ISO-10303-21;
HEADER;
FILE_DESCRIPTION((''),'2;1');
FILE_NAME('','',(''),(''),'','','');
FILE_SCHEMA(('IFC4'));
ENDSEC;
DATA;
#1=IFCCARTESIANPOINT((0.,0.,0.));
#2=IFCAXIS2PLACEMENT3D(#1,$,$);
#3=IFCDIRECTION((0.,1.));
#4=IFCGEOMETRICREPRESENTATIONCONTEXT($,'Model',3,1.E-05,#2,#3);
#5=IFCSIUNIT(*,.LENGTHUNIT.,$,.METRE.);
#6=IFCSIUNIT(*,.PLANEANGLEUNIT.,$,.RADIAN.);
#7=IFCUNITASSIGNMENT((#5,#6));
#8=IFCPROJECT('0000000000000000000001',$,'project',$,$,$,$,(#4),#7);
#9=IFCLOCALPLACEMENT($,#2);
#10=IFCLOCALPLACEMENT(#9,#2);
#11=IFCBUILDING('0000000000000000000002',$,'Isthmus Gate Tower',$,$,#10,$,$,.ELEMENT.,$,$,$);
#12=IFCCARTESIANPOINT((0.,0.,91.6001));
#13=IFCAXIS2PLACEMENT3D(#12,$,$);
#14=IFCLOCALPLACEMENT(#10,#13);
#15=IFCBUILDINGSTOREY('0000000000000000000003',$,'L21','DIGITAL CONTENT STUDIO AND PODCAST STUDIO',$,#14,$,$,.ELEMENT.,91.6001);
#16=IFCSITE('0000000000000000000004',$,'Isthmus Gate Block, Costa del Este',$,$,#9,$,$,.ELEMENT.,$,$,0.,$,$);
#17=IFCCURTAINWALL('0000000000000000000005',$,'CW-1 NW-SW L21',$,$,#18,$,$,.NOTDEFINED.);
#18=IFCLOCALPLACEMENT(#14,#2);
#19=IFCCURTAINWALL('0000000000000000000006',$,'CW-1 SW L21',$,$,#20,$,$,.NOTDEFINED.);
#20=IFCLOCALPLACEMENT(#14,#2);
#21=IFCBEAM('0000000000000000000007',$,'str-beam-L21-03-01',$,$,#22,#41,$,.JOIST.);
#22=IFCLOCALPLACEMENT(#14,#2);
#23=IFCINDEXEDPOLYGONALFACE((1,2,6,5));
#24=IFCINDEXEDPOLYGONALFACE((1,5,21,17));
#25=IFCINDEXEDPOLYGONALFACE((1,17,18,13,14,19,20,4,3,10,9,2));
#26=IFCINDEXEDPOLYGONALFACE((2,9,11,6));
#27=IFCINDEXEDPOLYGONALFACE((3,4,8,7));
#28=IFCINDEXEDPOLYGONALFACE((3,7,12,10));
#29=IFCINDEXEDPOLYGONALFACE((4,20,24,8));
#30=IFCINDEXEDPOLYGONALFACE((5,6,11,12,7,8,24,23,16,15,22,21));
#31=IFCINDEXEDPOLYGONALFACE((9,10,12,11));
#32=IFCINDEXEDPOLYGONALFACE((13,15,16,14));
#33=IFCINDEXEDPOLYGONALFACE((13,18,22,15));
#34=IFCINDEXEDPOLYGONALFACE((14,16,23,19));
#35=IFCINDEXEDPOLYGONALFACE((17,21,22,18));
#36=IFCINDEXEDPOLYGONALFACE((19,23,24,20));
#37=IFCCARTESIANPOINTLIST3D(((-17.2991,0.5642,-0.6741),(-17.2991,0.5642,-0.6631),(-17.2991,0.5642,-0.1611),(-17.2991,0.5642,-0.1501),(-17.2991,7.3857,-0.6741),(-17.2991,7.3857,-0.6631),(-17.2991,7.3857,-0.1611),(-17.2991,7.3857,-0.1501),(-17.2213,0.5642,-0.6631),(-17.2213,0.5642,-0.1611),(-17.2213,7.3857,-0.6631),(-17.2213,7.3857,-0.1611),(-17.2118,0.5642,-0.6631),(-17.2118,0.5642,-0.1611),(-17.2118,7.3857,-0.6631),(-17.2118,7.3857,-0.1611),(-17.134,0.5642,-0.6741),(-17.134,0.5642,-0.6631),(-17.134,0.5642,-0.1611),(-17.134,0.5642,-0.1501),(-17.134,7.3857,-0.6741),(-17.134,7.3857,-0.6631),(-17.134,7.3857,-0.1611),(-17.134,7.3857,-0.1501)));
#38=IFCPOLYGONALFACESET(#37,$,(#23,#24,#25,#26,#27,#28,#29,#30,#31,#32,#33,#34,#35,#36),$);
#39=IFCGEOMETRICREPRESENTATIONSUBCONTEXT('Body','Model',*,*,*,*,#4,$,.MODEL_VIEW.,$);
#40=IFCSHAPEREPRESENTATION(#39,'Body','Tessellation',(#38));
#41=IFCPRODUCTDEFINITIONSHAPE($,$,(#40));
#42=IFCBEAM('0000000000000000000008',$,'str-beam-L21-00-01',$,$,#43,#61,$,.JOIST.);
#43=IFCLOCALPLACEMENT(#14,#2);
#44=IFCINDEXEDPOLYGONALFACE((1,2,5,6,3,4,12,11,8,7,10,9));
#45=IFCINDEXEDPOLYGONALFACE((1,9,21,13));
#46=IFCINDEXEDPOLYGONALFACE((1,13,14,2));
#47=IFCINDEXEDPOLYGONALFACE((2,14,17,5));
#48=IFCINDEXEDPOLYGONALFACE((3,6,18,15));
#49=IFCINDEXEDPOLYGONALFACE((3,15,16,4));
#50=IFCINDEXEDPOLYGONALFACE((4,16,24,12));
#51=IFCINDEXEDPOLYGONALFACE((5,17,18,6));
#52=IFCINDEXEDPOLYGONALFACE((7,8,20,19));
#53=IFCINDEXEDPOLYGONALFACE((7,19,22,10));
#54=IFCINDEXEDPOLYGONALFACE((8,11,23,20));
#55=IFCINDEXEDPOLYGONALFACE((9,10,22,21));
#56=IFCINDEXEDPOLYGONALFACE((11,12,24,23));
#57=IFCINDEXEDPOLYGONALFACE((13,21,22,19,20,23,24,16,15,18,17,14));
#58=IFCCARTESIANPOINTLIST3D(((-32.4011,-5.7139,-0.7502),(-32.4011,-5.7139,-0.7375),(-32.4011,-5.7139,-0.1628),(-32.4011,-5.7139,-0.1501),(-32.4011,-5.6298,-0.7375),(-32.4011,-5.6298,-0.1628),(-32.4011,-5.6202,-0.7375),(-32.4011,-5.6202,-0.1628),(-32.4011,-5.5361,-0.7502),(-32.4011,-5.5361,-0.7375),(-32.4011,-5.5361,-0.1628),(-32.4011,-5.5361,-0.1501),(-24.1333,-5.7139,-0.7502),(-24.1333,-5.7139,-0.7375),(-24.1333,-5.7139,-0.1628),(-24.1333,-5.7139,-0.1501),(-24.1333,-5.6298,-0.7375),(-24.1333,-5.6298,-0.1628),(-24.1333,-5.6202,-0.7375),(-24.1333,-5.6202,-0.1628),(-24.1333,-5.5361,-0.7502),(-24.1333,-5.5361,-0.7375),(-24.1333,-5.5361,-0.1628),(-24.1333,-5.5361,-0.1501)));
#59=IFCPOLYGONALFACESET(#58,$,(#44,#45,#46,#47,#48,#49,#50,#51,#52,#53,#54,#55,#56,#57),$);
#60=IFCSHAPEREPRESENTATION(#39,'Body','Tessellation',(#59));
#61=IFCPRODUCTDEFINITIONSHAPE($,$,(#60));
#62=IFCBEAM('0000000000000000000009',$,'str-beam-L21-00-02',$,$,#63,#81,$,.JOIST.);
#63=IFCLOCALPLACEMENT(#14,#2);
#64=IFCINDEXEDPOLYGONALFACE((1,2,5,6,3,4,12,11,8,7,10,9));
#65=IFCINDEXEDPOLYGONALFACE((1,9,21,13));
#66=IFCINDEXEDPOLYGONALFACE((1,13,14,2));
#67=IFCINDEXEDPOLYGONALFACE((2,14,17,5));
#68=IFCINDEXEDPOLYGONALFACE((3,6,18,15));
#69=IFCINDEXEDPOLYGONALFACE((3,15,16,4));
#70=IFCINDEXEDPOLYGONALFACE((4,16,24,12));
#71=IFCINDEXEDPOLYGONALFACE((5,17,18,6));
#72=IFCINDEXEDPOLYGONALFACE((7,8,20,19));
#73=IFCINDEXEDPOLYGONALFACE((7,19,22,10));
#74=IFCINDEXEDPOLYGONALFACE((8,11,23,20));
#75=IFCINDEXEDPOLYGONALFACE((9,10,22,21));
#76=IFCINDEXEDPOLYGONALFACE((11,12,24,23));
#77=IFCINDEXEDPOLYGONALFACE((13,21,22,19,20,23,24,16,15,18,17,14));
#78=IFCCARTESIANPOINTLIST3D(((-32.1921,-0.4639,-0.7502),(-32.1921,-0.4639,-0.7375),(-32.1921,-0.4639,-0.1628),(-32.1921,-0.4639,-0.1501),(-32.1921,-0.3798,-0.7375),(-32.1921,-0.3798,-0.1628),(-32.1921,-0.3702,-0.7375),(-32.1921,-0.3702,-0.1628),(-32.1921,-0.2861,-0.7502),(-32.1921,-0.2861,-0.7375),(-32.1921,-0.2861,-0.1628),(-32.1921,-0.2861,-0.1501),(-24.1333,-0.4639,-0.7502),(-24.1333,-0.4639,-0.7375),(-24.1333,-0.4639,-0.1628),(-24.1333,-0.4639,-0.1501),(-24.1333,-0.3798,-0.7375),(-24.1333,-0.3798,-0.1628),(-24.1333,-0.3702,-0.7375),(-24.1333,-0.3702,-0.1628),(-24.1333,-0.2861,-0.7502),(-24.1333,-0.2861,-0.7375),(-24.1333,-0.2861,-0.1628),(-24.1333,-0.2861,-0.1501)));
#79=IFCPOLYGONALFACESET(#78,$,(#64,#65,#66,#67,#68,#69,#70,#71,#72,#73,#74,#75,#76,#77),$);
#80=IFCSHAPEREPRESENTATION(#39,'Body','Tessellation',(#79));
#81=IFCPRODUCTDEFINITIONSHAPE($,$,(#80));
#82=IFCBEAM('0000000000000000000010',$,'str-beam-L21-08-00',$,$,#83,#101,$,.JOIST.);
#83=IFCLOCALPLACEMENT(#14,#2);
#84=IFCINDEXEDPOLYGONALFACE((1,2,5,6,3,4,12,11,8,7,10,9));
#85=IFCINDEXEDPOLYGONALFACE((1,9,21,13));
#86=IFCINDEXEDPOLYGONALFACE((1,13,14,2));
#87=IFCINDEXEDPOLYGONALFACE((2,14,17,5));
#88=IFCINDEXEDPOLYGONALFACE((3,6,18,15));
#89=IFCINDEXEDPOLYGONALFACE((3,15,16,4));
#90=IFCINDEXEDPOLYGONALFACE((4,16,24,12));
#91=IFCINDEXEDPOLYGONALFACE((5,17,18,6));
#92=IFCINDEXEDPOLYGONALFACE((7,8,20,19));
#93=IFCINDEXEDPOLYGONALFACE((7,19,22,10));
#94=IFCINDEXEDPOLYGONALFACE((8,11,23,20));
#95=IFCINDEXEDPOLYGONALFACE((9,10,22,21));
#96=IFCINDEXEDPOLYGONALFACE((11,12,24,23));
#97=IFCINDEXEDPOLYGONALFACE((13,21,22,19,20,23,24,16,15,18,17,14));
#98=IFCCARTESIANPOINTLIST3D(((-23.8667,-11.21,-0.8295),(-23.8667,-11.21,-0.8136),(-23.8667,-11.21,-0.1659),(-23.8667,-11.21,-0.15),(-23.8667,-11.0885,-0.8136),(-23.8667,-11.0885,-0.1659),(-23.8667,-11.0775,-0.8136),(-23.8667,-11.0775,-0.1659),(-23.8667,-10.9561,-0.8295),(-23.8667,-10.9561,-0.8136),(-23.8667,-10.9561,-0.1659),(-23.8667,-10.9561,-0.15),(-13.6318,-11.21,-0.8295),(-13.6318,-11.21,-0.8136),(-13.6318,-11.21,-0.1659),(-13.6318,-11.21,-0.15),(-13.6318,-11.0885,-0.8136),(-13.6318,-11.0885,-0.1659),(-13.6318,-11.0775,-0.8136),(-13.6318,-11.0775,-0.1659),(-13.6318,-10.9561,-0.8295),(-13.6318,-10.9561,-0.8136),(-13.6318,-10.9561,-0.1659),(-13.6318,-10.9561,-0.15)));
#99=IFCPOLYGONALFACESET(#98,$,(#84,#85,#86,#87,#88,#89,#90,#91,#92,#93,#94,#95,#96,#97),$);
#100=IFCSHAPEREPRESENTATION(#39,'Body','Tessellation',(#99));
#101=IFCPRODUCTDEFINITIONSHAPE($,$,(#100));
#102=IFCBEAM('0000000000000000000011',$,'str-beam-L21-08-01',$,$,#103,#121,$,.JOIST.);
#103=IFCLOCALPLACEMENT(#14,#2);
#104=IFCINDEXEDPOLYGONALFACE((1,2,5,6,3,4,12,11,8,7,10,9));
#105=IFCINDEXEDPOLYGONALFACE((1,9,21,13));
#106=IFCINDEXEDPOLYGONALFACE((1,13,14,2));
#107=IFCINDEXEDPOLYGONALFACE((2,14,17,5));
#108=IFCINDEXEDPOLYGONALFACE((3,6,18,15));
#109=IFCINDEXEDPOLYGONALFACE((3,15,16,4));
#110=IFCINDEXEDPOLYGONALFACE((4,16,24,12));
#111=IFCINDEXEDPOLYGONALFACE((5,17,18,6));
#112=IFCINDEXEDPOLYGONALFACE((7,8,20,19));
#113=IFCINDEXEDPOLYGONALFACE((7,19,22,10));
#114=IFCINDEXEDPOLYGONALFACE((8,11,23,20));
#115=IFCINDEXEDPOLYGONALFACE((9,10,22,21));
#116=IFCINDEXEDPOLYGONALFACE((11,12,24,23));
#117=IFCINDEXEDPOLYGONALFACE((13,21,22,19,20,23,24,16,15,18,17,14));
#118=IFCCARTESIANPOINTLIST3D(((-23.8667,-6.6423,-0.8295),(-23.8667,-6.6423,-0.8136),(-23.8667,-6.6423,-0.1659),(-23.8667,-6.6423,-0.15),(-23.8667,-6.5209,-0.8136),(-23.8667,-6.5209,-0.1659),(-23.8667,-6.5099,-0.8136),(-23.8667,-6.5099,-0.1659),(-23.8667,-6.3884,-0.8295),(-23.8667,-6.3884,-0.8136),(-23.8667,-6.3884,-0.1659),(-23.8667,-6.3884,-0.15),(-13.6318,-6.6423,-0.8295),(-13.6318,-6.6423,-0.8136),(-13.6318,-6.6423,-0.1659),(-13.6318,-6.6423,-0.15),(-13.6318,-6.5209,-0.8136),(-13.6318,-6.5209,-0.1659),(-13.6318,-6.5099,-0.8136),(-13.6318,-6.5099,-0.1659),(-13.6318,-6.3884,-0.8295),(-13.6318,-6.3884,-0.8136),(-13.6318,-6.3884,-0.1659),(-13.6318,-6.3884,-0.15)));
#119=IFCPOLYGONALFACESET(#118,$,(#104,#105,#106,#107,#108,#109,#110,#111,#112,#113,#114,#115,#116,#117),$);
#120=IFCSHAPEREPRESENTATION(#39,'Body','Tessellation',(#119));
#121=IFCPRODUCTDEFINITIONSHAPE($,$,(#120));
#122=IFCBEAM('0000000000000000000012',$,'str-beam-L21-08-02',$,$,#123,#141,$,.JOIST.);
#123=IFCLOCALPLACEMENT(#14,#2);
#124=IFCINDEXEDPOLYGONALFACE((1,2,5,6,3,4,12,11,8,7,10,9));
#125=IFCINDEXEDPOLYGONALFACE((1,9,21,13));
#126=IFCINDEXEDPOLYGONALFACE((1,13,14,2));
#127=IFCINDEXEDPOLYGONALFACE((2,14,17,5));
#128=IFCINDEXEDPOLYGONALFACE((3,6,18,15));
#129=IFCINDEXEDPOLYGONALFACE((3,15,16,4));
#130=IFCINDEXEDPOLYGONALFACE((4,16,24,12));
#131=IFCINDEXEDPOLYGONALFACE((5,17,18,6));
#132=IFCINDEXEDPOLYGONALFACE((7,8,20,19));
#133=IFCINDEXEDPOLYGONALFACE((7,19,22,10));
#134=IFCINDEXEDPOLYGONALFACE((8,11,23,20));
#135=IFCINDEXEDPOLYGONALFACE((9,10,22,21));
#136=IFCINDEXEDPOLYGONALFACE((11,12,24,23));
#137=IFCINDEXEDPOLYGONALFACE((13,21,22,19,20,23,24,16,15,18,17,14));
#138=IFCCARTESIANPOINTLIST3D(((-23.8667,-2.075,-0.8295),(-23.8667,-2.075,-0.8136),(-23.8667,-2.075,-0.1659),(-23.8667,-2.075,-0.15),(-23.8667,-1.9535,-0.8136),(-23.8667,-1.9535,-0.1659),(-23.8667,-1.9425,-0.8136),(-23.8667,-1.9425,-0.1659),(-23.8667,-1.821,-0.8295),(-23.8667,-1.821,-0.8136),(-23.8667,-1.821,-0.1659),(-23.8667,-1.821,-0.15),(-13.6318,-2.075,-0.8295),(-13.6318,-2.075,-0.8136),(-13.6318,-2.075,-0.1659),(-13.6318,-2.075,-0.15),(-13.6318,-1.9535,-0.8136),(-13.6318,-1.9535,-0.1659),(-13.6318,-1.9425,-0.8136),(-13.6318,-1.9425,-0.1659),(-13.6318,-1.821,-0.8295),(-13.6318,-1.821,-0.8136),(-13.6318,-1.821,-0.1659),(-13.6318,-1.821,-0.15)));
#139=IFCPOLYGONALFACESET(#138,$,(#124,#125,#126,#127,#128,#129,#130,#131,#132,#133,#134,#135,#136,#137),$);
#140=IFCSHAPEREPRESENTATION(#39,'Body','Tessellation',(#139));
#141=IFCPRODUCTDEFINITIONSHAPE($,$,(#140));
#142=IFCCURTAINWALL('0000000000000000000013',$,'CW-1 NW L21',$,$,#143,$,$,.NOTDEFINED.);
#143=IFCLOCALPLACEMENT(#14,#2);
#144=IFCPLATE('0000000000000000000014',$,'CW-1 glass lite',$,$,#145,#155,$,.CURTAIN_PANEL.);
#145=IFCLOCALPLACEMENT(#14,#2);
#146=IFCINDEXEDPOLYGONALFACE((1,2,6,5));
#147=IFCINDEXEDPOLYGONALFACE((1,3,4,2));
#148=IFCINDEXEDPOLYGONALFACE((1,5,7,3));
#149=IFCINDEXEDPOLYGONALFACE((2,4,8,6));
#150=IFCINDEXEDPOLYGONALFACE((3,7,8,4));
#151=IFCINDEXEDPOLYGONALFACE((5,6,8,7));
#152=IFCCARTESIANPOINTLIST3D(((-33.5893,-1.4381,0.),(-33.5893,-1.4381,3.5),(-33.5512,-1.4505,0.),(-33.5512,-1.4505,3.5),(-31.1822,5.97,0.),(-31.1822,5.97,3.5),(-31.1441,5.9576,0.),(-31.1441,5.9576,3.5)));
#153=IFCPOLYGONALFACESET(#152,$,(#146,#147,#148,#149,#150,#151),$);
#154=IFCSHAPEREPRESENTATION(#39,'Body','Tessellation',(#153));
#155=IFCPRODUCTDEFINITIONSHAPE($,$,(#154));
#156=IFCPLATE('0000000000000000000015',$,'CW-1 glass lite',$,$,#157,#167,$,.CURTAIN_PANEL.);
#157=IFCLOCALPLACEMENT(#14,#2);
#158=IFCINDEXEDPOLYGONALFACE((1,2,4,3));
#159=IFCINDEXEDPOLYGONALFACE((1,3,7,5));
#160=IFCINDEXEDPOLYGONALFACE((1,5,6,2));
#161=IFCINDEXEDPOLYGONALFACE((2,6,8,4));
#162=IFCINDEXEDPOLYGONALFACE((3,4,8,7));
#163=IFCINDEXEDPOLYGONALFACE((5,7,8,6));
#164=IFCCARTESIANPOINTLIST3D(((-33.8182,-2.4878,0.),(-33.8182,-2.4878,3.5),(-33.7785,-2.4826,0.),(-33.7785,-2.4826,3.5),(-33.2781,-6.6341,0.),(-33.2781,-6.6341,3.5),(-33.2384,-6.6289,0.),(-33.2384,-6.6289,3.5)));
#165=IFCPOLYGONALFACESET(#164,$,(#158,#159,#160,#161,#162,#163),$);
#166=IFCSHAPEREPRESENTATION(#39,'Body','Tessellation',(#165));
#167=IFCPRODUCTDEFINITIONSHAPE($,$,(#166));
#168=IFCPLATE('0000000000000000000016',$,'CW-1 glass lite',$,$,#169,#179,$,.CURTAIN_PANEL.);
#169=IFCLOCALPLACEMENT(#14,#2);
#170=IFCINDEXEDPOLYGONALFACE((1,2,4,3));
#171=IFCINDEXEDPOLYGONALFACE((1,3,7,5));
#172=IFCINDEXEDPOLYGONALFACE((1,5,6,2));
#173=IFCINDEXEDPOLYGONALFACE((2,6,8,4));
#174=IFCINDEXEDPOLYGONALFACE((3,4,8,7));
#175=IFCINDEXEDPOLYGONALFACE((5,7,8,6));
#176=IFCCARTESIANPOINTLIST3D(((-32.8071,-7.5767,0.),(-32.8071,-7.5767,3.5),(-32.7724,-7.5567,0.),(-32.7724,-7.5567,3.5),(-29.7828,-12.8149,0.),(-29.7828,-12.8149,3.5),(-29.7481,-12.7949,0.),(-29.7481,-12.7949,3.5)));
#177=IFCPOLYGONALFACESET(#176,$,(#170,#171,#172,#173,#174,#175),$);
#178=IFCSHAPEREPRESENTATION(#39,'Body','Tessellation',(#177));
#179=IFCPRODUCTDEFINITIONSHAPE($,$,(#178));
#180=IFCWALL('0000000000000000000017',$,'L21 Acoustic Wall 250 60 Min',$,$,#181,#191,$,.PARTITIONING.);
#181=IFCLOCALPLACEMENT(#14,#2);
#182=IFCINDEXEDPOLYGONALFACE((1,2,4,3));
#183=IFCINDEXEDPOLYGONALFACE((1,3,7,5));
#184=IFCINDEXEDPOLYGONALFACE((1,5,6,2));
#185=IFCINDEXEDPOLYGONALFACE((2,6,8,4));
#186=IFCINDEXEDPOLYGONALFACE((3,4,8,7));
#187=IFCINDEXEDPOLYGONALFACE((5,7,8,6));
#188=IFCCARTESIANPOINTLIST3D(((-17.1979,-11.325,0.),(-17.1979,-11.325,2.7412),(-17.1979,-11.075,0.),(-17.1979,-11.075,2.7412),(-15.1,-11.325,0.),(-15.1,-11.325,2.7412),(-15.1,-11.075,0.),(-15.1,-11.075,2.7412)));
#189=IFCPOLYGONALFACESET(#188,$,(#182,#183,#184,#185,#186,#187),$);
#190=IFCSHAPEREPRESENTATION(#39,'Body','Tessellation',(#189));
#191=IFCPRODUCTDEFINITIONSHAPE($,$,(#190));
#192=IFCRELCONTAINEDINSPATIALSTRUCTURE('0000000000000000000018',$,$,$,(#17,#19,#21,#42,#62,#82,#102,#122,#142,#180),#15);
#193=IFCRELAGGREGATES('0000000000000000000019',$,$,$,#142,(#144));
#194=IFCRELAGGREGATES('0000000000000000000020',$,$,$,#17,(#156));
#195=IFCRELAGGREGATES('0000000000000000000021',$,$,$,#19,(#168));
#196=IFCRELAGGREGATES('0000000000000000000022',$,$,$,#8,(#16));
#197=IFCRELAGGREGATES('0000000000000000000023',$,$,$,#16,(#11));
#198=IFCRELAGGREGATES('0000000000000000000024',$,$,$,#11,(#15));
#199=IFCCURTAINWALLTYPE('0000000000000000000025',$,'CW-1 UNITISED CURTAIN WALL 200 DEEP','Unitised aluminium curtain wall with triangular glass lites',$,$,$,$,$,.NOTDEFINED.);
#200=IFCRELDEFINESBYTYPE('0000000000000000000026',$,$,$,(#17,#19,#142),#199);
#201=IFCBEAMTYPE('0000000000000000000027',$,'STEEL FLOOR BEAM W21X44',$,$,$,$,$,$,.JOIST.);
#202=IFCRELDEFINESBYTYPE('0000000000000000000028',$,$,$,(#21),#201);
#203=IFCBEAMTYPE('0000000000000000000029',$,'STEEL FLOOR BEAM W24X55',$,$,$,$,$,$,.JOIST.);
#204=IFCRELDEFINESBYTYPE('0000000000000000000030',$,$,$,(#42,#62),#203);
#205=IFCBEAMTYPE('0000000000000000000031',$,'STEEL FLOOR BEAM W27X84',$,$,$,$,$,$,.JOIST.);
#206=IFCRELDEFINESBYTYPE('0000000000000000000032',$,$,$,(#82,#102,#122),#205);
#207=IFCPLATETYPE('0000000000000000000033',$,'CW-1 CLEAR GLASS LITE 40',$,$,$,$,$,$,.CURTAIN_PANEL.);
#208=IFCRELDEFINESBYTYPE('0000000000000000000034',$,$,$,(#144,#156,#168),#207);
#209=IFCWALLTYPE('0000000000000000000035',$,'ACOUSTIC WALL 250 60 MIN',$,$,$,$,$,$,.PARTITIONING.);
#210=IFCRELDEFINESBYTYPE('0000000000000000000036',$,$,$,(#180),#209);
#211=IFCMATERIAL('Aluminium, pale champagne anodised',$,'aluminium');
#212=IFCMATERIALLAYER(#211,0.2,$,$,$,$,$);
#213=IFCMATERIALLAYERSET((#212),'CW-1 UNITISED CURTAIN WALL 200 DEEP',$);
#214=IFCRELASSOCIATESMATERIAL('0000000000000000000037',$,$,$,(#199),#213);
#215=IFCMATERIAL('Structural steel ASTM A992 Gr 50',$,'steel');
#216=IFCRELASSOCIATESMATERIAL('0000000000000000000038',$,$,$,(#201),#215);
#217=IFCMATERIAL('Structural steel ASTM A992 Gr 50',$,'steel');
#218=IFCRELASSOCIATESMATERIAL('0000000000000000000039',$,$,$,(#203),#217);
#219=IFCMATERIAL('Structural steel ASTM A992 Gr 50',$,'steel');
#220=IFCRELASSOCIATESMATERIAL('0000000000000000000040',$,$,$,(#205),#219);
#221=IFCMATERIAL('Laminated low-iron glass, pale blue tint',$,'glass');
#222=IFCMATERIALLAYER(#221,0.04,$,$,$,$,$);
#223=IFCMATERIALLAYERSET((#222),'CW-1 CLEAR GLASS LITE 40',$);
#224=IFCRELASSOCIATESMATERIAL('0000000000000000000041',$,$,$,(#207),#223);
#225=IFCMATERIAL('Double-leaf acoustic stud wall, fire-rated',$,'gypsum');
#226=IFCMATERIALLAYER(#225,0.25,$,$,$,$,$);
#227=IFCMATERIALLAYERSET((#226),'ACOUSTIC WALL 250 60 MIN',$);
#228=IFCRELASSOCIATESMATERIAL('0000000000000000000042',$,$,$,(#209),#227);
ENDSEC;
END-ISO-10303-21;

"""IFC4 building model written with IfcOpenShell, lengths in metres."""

from ifc_helpers import new_model, si_unit, direction, frame, frame_2d, origin, origin_2d, place, context, subcontext, project, spatial, rectangle, i_section, extrude, material, layer, layer_set, material_profile, profile_set, type_object, element, aggregate, save


model = new_model("IFC4")

# Units and contexts
model_context = context("Model", 3, precision=1e-05, world=origin(), true_north=direction((0.0, 1.0)))
body_context = subcontext(model_context, "Body", "Model", "MODEL_VIEW")
ifc_project = project(units=[si_unit("LENGTHUNIT", "METRE"), si_unit("PLANEANGLEUNIT", "RADIAN")], contexts=[model_context])

# Site, building, storey
site_placement = place(None, origin())
site = spatial("IfcSite", under=ifc_project, at=site_placement, Name="Isthmus Gate Block, Costa del Este", CompositionType="ELEMENT", RefElevation=0.0)
building_placement = place(site_placement, origin())
building = spatial("IfcBuilding", under=site, at=building_placement, Name="Isthmus Gate Tower", CompositionType="ELEMENT")
storey_placement = place(building_placement, frame((0.0, 0.0, 91.6001)))
storey = spatial("IfcBuildingStorey", under=building, at=storey_placement, Name="L21", Description="DIGITAL CONTENT STUDIO AND PODCAST STUDIO", CompositionType="ELEMENT", Elevation=91.6001)

# Curtain walls
ifc_material_1 = material(Name="Aluminium, pale champagne anodised", Category="aluminium")
ifc_layer_1 = layer(ifc_material_1, 0.2)
ifc_layer_set_1 = layer_set([ifc_layer_1], Name="CW-1 UNITISED CURTAIN WALL 200 DEEP")
curtain_wall_type = type_object("IfcCurtainWallType", Name="CW-1 UNITISED CURTAIN WALL 200 DEEP", Description="Unitised aluminium curtain wall with triangular glass lites", PredefinedType="NOTDEFINED", material=ifc_layer_set_1)
curtain_wall_1_placement = place(storey_placement, origin())
curtain_wall_1 = element("IfcCurtainWall", 1, at=curtain_wall_1_placement, inside=storey, type_object=curtain_wall_type, Name="CW-1 NW-SW L21", PredefinedType="NOTDEFINED")
curtain_wall_2_placement = place(storey_placement, origin())
curtain_wall_2 = element("IfcCurtainWall", 2, at=curtain_wall_2_placement, inside=storey, type_object=curtain_wall_type, Name="CW-1 SW L21", PredefinedType="NOTDEFINED")

# Beams
ifc_material_2 = material(Name="Structural steel ASTM A992 Gr 50", Category="steel")
ifc_material_profile_1 = material_profile(ifc_material_2, i_section(OverallWidth=0.165, OverallDepth=0.5239, WebThickness=0.0095, FlangeThickness=0.011, at=origin_2d()), Name="W21X44")
ifc_profile_set_1 = profile_set([ifc_material_profile_1], Name="Structural steel ASTM A992 Gr 50")
beam_type_1 = type_object("IfcBeamType", Name="STEEL FLOOR BEAM W21X44", PredefinedType="JOIST", material=ifc_profile_set_1)
for number, where, z_axis, x_axis, name in (
    (3, (-17.2166, 0.5642, -0.4121), (0.0, 1.0, 0.0), (-1.0, 0.0, 0.0), "str-beam-L21-03-01"),
):
    element("IfcBeam", number, at=place(storey_placement, frame(where, z_axis=z_axis, x_axis=x_axis)), inside=storey, type_object=beam_type_1, Name=name, PredefinedType="JOIST", context=body_context, shape_type="SweptSolid", body=[
        extrude(i_section(OverallWidth=0.165, OverallDepth=0.5239, WebThickness=0.0095, FlangeThickness=0.011, at=origin_2d()), origin(), (0.0, 0.0, 1.0), 6.8215),
    ])
ifc_material_3 = material(Name="Structural steel ASTM A992 Gr 50", Category="steel")
ifc_material_profile_2 = material_profile(ifc_material_3, i_section(OverallWidth=0.1777, OverallDepth=0.6001, WebThickness=0.0095, FlangeThickness=0.0127, at=origin_2d()), Name="W24X55")
ifc_profile_set_2 = profile_set([ifc_material_profile_2], Name="Structural steel ASTM A992 Gr 50")
beam_type_2 = type_object("IfcBeamType", Name="STEEL FLOOR BEAM W24X55", PredefinedType="JOIST", material=ifc_profile_set_2)
beam_1_placement = place(storey_placement, frame((-32.4011, -5.625, -0.4502), z_axis=(1.0, 0.0, 0.0), x_axis=(0.0, 1.0, 0.0)))
element("IfcBeam", 4, at=beam_1_placement, inside=storey, type_object=beam_type_2, Name="str-beam-L21-00-01", PredefinedType="JOIST", context=body_context, shape_type="SweptSolid", body=[
    extrude(i_section(OverallWidth=0.1777, OverallDepth=0.6001, WebThickness=0.0095, FlangeThickness=0.0127, at=origin_2d()), origin(), (0.0, 0.0, 1.0), 8.2678),
])
beam_2_placement = place(storey_placement, frame((-32.1921, -0.375, -0.4502), z_axis=(1.0, 0.0, 0.0), x_axis=(0.0, 1.0, 0.0)))
element("IfcBeam", 5, at=beam_2_placement, inside=storey, type_object=beam_type_2, Name="str-beam-L21-00-02", PredefinedType="JOIST", context=body_context, shape_type="SweptSolid", body=[
    extrude(i_section(OverallWidth=0.1777, OverallDepth=0.6001, WebThickness=0.0095, FlangeThickness=0.0127, at=origin_2d()), origin(), (0.0, 0.0, 1.0), 8.0588),
])
ifc_material_4 = material(Name="Structural steel ASTM A992 Gr 50", Category="steel")
ifc_material_profile_3 = material_profile(ifc_material_4, i_section(OverallWidth=0.2539, OverallDepth=0.6794, WebThickness=0.011, FlangeThickness=0.0159, at=origin_2d()), Name="W27X84")
ifc_profile_set_3 = profile_set([ifc_material_profile_3], Name="Structural steel ASTM A992 Gr 50")
beam_type_3 = type_object("IfcBeamType", Name="STEEL FLOOR BEAM W27X84", PredefinedType="JOIST", material=ifc_profile_set_3)
for number, where, z_axis, x_axis, name in (
    (6, (-23.8667, -11.083, -0.4897), (1.0, 0.0, 0.0), (0.0, 1.0, 0.0), "str-beam-L21-08-00"),
    (7, (-23.8667, -6.5154, -0.4897), (1.0, 0.0, 0.0), (0.0, 1.0, 0.0), "str-beam-L21-08-01"),
    (8, (-23.8667, -1.948, -0.4897), (1.0, 0.0, 0.0), (0.0, 1.0, 0.0), "str-beam-L21-08-02"),
):
    element("IfcBeam", number, at=place(storey_placement, frame(where, z_axis=z_axis, x_axis=x_axis)), inside=storey, type_object=beam_type_3, Name=name, PredefinedType="JOIST", context=body_context, shape_type="SweptSolid", body=[
        extrude(i_section(OverallWidth=0.2539, OverallDepth=0.6794, WebThickness=0.011, FlangeThickness=0.0159, at=origin_2d()), origin(), (0.0, 0.0, 1.0), 10.2349),
    ])

# Curtain wall, plate
curtain_wall_3_placement = place(storey_placement, origin())
curtain_wall_3 = element("IfcCurtainWall", 9, at=curtain_wall_3_placement, inside=storey, type_object=curtain_wall_type, Name="CW-1 NW L21", PredefinedType="NOTDEFINED")
ifc_material_5 = material(Name="Laminated low-iron glass, pale blue tint", Category="glass")
ifc_layer_2 = layer(ifc_material_5, 0.04)
ifc_layer_set_2 = layer_set([ifc_layer_2], Name="CW-1 CLEAR GLASS LITE 40")
plate_type = type_object("IfcPlateType", Name="CW-1 CLEAR GLASS LITE 40", PredefinedType="CURTAIN_PANEL", material=ifc_layer_set_2)
plate_1_placement = place(storey_placement, frame((-32.3667, 2.2598, 0.0), z_axis=(0.0, 0.0, 1.0), x_axis=(-0.309017, -0.951057, 0.0)))
plate_1 = element("IfcPlate", 10, at=plate_1_placement, type_object=plate_type, Name="CW-1 glass lite", PredefinedType="CURTAIN_PANEL", context=body_context, shape_type="SweptSolid", body=[
    extrude(rectangle(XDim=7.7893, YDim=0.04, at=origin_2d()), origin(), (0.0, 0.0, 1.0), 3.5),
])
aggregate(curtain_wall_3, [plate_1])

# Plates
plate_2_placement = place(storey_placement, frame((-33.5283, -4.5583, 0.0), z_axis=(0.0, 0.0, 1.0), x_axis=(0.129165, -0.991623, 0.0)))
plate_2 = element("IfcPlate", 11, at=plate_2_placement, type_object=plate_type, Name="CW-1 glass lite", PredefinedType="CURTAIN_PANEL", context=body_context, shape_type="SweptSolid", body=[
    extrude(rectangle(XDim=4.1814, YDim=0.04, at=origin_2d()), origin(), (0.0, 0.0, 1.0), 3.5),
])
aggregate(curtain_wall_1, [plate_2])
plate_3_placement = place(storey_placement, frame((-31.2776, -10.1858, 0.0), z_axis=(0.0, 0.0, 1.0), x_axis=(0.5, -0.866025, 0.0)))
plate_3 = element("IfcPlate", 12, at=plate_3_placement, type_object=plate_type, Name="CW-1 glass lite", PredefinedType="CURTAIN_PANEL", context=body_context, shape_type="SweptSolid", body=[
    extrude(rectangle(XDim=6.0486, YDim=0.04, at=origin_2d()), origin(), (0.0, 0.0, 1.0), 3.5),
])
aggregate(curtain_wall_2, [plate_3])

# Wall
ifc_material_6 = material(Name="Double-leaf acoustic stud wall, fire-rated", Category="gypsum")
ifc_layer_3 = layer(ifc_material_6, 0.25)
ifc_layer_set_3 = layer_set([ifc_layer_3], Name="ACOUSTIC WALL 250 60 MIN")
wall_type = type_object("IfcWallType", Name="ACOUSTIC WALL 250 60 MIN", PredefinedType="PARTITIONING", material=ifc_layer_set_3)
wall_1_placement = place(storey_placement, frame((-15.1001, -11.2, 0.0), z_axis=(0.0, 0.0, 1.0), x_axis=(-1.0, 0.0, 0.0)))
element("IfcWall", 13, at=wall_1_placement, inside=storey, type_object=wall_type, Name="L21 Acoustic Wall 250 60 Min", PredefinedType="PARTITIONING", context=body_context, shape_type="SweptSolid", body=[
    extrude(rectangle(XDim=2.0979, YDim=0.25, at=frame_2d((1.0488, 0.0))), origin(), (0.0, 0.0, 1.0), 2.7412),
])

save(model, "model.ifc")
